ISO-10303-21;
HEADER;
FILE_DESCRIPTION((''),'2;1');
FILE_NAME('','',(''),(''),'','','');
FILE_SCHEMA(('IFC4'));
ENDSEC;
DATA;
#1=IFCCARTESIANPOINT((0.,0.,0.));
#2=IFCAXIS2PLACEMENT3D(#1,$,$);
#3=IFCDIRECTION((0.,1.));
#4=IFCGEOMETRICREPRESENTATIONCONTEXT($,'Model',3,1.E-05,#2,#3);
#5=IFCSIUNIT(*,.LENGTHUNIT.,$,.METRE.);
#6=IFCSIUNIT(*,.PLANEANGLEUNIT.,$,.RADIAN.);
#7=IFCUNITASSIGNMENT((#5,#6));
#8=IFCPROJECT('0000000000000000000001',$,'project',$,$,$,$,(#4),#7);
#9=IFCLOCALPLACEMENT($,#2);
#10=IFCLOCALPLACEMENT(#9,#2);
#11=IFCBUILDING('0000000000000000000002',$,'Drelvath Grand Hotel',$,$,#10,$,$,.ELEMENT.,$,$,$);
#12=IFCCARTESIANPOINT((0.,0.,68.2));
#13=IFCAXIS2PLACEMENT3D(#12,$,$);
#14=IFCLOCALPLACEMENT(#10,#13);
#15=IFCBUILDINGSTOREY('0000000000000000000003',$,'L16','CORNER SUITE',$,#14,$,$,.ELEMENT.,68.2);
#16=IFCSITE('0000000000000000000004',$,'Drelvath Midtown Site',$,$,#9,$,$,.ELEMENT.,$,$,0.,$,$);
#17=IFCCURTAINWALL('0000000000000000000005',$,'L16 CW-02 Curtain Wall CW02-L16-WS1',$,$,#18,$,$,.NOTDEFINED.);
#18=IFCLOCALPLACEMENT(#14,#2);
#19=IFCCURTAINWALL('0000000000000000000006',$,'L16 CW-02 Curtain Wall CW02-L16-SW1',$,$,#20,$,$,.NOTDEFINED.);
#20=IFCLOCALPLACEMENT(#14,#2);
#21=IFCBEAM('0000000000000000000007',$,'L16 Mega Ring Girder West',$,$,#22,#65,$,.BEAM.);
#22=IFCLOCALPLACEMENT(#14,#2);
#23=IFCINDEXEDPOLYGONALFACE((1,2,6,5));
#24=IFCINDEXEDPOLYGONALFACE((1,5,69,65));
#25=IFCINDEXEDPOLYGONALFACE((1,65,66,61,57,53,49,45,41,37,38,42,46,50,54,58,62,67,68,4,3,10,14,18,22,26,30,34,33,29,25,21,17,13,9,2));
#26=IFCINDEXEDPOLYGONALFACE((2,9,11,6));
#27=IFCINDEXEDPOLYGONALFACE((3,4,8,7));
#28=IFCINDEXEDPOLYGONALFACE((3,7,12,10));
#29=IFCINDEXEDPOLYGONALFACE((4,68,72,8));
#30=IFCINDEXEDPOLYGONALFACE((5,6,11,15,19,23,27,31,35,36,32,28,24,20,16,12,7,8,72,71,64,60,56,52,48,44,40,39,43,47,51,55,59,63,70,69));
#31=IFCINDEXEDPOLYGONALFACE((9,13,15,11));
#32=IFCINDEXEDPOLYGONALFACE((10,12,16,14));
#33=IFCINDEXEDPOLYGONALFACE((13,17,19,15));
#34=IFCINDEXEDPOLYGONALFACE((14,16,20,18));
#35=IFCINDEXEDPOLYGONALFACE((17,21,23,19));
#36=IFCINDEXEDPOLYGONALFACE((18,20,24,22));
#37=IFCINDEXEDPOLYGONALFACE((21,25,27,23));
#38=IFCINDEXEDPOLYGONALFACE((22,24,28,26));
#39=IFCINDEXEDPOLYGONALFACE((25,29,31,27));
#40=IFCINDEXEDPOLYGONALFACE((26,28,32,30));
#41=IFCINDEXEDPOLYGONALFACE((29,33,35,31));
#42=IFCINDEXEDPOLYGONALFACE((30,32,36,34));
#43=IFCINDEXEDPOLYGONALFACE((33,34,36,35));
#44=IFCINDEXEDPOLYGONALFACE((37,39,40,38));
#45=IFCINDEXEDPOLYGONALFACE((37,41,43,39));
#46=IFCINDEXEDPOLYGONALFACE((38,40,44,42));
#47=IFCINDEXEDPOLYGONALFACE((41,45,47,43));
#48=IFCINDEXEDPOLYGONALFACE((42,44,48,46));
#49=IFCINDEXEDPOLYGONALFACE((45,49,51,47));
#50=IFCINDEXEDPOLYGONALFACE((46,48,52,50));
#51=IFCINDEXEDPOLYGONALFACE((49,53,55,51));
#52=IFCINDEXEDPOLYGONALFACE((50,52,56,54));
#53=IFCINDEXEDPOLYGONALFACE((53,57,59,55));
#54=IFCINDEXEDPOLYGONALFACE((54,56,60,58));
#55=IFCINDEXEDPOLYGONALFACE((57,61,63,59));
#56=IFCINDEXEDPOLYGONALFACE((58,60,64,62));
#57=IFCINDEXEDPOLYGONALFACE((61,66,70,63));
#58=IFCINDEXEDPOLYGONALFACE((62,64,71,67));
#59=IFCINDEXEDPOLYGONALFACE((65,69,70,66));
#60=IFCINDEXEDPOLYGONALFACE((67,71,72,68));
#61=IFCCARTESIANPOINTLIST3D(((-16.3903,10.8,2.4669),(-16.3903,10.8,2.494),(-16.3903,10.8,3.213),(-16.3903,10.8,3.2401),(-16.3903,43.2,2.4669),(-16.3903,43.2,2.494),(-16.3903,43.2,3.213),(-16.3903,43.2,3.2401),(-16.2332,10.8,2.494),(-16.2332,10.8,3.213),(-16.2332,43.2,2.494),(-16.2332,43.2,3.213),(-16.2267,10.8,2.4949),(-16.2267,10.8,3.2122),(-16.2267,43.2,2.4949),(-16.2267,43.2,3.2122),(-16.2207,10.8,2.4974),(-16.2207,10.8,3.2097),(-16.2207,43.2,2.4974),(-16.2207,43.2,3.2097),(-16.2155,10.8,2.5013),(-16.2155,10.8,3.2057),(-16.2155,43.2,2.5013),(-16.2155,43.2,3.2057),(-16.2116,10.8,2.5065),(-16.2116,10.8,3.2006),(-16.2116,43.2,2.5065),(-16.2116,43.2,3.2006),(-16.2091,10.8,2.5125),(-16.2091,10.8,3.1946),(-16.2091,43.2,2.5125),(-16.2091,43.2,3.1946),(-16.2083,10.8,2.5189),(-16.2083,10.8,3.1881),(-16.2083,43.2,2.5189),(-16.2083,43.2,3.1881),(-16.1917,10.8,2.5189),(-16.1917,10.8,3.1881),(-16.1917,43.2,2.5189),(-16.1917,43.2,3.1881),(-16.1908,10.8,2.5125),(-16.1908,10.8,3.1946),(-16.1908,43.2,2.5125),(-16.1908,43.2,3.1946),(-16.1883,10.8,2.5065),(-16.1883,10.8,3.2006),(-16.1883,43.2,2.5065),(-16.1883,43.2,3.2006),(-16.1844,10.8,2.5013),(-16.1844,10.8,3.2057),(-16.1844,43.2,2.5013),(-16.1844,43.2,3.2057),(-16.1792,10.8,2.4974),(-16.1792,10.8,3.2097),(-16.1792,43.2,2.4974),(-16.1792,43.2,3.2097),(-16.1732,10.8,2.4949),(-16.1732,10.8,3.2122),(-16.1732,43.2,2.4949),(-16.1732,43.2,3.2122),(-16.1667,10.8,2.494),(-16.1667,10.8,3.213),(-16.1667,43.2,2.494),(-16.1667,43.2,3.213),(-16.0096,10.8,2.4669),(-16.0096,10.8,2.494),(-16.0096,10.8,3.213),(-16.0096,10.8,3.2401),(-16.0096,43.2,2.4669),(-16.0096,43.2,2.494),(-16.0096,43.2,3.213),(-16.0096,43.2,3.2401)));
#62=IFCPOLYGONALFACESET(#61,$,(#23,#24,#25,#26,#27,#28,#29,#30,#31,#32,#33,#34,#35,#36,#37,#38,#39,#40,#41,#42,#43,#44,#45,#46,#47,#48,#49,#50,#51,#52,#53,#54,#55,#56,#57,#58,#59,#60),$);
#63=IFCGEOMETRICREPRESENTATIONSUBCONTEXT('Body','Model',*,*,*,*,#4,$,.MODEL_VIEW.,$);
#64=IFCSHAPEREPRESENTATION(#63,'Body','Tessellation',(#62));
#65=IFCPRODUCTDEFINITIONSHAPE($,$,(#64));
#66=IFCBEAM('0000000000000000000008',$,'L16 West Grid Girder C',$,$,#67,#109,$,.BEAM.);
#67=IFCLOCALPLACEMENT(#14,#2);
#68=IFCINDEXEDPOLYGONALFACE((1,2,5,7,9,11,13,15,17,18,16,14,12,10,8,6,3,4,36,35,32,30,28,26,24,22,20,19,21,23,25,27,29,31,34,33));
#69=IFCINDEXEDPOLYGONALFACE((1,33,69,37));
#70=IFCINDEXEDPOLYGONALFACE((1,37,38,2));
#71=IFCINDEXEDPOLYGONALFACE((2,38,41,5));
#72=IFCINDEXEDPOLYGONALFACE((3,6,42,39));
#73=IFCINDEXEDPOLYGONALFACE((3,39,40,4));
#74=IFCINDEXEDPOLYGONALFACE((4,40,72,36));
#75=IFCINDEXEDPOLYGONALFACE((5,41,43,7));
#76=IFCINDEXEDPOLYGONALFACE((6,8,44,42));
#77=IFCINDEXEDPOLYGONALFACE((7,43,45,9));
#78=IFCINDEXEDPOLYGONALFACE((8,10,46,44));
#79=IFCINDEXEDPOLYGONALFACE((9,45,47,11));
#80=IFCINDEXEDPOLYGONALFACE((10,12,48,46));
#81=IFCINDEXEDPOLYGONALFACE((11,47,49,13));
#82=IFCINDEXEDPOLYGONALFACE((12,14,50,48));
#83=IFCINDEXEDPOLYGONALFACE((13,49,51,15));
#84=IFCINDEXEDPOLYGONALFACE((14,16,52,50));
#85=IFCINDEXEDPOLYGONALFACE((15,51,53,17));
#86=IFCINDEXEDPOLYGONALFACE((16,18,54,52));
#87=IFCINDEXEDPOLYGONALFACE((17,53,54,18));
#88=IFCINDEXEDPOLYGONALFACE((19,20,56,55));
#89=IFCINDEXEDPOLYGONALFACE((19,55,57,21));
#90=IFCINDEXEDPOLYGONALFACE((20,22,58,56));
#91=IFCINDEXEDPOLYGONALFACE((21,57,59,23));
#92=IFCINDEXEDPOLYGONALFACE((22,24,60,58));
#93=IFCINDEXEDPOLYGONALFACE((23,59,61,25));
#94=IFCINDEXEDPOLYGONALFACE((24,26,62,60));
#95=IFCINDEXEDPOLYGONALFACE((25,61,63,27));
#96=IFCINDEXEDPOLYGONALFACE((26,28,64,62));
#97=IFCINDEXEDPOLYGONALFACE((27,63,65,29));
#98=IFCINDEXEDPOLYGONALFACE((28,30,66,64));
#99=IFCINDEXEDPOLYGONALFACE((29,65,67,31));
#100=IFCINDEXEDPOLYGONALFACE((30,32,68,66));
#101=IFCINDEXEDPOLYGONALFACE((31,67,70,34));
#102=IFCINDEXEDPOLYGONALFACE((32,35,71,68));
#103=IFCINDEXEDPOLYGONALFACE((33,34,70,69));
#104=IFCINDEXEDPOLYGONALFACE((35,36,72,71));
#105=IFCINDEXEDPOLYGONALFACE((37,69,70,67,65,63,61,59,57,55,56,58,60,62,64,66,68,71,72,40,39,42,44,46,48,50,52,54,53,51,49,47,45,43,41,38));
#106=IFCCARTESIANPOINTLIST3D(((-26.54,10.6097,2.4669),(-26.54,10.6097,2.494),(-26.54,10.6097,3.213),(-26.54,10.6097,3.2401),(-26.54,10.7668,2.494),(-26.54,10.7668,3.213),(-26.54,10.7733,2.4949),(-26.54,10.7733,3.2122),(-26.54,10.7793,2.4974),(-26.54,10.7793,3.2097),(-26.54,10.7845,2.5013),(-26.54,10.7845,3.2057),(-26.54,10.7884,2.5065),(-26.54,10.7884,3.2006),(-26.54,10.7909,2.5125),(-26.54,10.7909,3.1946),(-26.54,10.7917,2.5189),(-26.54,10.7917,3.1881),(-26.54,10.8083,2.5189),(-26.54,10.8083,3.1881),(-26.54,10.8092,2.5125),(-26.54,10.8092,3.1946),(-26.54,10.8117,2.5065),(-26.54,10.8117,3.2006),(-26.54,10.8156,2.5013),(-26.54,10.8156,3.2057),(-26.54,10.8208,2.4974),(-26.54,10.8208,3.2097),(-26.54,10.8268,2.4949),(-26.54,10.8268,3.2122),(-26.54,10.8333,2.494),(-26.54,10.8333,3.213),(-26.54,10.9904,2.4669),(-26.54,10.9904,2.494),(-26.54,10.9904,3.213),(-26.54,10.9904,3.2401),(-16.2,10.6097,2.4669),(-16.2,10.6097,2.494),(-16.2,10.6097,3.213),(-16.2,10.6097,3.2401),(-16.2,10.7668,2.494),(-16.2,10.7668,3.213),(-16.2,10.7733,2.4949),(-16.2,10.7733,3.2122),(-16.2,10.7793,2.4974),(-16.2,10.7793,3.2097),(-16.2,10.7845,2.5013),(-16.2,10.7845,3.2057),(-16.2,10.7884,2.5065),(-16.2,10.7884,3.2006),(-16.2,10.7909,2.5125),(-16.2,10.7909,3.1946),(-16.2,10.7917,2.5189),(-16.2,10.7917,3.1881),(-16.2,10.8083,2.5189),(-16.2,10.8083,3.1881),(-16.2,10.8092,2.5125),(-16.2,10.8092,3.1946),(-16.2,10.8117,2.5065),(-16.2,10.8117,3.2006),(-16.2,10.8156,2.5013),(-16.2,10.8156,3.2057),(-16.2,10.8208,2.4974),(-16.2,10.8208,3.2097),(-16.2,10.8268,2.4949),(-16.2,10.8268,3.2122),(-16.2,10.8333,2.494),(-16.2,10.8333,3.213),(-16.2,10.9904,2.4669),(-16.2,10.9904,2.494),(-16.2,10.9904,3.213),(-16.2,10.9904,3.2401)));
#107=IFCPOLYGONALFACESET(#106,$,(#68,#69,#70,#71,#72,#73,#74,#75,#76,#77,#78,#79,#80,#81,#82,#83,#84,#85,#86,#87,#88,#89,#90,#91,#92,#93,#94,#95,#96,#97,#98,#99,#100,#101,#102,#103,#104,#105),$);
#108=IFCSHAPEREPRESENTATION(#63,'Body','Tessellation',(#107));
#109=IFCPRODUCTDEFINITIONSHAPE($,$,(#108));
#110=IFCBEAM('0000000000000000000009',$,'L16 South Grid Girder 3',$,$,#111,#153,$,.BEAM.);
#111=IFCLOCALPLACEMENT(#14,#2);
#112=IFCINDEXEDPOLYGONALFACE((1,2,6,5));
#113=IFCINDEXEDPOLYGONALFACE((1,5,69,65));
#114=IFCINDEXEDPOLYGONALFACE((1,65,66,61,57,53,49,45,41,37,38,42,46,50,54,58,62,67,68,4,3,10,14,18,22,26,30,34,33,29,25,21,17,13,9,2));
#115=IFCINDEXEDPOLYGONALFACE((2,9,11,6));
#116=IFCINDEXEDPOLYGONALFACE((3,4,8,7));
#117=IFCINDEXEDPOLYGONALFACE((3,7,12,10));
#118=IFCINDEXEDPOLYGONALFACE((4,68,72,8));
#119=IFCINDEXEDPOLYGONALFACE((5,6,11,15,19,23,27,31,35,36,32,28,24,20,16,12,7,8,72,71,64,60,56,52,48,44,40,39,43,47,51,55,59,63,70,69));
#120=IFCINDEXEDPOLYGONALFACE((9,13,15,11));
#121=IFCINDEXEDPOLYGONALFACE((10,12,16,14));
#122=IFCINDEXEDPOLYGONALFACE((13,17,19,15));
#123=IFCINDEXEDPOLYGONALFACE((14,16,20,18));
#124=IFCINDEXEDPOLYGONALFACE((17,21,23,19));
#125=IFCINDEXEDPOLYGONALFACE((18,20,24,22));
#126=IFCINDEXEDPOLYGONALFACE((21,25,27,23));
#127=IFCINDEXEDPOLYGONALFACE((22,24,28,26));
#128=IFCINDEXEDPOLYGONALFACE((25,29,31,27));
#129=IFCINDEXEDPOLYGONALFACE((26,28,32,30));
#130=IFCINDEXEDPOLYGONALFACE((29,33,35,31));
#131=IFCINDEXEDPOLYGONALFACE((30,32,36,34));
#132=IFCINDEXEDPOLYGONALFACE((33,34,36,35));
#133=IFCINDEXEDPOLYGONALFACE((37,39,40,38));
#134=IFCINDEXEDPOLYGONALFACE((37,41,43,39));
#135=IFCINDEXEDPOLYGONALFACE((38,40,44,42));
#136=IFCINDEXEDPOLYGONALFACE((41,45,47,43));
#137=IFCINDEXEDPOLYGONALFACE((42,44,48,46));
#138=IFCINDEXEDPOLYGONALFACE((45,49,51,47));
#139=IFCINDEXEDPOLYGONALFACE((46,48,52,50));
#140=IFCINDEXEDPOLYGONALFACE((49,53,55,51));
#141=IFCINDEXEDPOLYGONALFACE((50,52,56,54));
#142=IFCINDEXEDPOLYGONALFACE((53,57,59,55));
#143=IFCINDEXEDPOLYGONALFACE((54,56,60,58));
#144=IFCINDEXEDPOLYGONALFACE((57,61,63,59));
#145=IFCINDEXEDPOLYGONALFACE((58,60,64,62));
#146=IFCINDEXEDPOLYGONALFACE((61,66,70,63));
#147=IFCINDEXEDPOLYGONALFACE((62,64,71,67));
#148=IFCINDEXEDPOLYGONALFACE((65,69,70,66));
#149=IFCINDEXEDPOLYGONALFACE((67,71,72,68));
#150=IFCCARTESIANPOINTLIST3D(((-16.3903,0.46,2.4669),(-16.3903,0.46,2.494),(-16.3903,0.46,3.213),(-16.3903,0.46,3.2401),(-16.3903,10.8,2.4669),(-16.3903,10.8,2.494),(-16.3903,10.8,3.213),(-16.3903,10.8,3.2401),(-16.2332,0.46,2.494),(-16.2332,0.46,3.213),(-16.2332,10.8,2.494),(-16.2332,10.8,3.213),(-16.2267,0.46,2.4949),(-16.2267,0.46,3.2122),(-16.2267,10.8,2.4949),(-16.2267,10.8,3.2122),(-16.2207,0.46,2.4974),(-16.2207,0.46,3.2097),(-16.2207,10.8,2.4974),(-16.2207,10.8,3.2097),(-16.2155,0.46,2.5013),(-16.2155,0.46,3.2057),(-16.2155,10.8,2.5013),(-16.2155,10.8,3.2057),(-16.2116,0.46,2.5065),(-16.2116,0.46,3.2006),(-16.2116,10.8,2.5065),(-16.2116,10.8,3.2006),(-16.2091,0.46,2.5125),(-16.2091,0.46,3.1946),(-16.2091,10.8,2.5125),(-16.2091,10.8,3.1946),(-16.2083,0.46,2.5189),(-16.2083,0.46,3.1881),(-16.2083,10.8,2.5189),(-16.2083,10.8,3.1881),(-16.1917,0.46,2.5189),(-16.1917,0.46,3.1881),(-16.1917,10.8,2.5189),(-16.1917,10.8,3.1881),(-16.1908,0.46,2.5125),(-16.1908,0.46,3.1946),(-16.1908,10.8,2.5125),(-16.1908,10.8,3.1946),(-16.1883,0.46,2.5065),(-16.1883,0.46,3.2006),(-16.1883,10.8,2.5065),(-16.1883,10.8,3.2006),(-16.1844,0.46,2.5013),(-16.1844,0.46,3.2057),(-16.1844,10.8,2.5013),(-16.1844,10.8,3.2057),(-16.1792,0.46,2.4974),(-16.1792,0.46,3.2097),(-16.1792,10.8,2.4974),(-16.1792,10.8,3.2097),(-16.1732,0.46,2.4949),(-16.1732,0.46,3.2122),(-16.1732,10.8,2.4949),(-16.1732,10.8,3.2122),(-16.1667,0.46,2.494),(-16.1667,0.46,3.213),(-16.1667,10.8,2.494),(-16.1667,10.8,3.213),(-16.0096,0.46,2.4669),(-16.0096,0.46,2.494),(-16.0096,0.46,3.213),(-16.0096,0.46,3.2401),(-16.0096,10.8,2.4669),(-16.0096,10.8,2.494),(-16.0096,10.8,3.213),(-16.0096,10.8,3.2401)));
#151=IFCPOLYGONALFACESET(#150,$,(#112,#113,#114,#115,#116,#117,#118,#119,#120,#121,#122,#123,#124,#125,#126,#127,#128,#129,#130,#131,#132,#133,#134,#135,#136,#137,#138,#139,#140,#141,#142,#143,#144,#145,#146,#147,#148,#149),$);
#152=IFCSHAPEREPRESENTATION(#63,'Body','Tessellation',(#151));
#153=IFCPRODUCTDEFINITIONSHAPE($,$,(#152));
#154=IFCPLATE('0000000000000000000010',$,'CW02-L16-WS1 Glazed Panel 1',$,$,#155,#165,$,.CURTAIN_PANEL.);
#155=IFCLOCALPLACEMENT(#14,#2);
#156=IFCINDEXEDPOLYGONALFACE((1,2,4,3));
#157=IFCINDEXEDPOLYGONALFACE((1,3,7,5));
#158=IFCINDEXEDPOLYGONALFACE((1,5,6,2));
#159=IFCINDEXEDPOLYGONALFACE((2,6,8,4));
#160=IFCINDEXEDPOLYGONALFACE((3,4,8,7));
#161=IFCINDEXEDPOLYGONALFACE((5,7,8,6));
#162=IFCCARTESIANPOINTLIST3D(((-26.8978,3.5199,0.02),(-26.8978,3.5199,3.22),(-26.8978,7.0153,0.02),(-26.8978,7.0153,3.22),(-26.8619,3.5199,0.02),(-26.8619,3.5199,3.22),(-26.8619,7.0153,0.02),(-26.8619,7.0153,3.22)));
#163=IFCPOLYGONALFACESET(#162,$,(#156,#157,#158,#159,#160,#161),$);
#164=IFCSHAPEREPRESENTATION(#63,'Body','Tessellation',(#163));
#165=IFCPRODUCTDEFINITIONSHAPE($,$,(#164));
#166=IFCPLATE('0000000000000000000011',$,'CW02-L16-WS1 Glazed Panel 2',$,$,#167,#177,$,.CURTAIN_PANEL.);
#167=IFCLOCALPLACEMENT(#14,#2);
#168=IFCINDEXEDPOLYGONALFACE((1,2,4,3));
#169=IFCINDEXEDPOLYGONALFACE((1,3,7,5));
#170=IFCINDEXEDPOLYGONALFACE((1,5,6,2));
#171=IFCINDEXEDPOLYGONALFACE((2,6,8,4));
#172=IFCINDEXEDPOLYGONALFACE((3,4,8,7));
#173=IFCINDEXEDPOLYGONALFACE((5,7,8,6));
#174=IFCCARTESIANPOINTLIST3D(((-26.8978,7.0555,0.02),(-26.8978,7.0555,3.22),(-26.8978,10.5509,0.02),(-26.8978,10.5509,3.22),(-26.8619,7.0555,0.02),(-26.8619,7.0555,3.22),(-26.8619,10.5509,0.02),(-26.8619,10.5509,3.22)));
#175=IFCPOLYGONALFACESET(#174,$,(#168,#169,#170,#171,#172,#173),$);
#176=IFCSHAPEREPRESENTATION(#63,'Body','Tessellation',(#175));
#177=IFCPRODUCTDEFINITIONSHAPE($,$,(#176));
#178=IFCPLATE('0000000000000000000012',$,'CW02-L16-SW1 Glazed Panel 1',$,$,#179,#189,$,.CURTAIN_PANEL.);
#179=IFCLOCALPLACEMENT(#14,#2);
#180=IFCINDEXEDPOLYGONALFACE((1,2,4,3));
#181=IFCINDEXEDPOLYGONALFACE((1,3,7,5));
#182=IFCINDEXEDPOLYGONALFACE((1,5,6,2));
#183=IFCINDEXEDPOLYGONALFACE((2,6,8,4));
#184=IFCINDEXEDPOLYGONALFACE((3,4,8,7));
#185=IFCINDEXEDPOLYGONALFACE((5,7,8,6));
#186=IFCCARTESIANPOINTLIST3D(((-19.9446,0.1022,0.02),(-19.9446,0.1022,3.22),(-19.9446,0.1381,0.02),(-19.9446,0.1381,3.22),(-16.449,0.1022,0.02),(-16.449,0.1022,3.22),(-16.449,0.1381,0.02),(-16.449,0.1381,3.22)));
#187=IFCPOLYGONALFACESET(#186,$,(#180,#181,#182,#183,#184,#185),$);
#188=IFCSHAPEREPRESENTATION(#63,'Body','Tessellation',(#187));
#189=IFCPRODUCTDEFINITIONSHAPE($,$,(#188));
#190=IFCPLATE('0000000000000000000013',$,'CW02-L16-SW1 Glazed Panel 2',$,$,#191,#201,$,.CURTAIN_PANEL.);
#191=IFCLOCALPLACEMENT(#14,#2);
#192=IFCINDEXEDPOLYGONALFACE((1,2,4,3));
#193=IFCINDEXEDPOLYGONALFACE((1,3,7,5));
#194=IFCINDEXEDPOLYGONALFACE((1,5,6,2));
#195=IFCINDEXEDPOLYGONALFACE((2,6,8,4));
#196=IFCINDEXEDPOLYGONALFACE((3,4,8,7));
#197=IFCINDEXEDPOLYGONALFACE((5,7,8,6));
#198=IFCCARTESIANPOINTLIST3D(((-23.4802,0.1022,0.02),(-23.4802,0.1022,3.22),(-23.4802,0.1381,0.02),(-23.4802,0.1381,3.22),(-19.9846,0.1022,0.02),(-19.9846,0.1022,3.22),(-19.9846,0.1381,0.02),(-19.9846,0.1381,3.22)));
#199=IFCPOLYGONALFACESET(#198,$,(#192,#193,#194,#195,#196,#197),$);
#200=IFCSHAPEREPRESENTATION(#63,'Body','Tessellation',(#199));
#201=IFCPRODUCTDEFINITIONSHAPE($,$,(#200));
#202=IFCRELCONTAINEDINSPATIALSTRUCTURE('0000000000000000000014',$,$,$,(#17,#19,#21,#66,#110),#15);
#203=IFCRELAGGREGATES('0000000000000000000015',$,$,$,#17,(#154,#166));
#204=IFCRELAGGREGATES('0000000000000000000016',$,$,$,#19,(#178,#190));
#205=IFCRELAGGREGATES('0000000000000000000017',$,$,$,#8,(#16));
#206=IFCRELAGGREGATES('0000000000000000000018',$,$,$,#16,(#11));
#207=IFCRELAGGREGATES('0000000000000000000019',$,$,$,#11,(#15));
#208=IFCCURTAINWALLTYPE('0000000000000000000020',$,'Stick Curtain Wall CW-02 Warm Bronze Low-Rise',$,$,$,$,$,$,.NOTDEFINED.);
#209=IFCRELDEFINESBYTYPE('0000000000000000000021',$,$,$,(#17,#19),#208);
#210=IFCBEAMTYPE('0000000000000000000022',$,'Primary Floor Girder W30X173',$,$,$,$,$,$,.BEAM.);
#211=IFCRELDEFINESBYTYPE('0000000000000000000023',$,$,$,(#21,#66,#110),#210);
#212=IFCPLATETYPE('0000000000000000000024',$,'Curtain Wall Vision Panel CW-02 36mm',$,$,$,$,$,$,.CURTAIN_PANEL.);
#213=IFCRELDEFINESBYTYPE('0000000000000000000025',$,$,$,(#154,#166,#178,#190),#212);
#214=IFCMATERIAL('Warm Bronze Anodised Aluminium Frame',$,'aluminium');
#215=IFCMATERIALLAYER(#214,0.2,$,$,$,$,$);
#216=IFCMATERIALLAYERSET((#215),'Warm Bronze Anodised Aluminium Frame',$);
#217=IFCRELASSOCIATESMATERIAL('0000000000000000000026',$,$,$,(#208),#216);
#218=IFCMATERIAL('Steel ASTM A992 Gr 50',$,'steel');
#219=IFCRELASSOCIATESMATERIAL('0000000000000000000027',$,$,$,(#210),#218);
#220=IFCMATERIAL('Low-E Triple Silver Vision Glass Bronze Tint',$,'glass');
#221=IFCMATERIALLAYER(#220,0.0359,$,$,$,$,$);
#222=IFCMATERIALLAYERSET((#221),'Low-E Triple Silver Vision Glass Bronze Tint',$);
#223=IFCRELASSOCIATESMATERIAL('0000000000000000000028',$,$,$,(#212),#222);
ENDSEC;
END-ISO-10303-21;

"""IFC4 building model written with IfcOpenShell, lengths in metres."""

from ifc_helpers import new_model, si_unit, direction, frame, origin, origin_2d, place, context, subcontext, project, spatial, rectangle, i_section, extrude, material, layer, layer_set, material_profile, profile_set, type_object, element, aggregate, save


model = new_model("IFC4")

# Units and contexts
model_context = context("Model", 3, precision=1e-05, world=origin(), true_north=direction((0.0, 1.0)))
body_context = subcontext(model_context, "Body", "Model", "MODEL_VIEW")
ifc_project = project(units=[si_unit("LENGTHUNIT", "METRE"), si_unit("PLANEANGLEUNIT", "RADIAN")], contexts=[model_context])

# Site, building, storey
site_placement = place(None, origin())
site = spatial("IfcSite", under=ifc_project, at=site_placement, Name="Drelvath Midtown Site", CompositionType="ELEMENT", RefElevation=0.0)
building_placement = place(site_placement, origin())
building = spatial("IfcBuilding", under=site, at=building_placement, Name="Drelvath Grand Hotel", CompositionType="ELEMENT")
storey_placement = place(building_placement, frame((0.0, 0.0, 68.2)))
storey = spatial("IfcBuildingStorey", under=building, at=storey_placement, Name="L16", Description="CORNER SUITE", CompositionType="ELEMENT", Elevation=68.2)

# Curtain walls
ifc_material_1 = material(Name="Warm Bronze Anodised Aluminium Frame", Category="aluminium")
ifc_layer_1 = layer(ifc_material_1, 0.2)
ifc_layer_set_1 = layer_set([ifc_layer_1], Name="Warm Bronze Anodised Aluminium Frame")
curtain_wall_type = type_object("IfcCurtainWallType", Name="Stick Curtain Wall CW-02 Warm Bronze Low-Rise", PredefinedType="NOTDEFINED", material=ifc_layer_set_1)
curtain_wall_1_placement = place(storey_placement, origin())
curtain_wall_1 = element("IfcCurtainWall", 1, at=curtain_wall_1_placement, inside=storey, type_object=curtain_wall_type, Name="L16 CW-02 Curtain Wall CW02-L16-WS1", PredefinedType="NOTDEFINED")
curtain_wall_2_placement = place(storey_placement, origin())
curtain_wall_2 = element("IfcCurtainWall", 2, at=curtain_wall_2_placement, inside=storey, type_object=curtain_wall_type, Name="L16 CW-02 Curtain Wall CW02-L16-SW1", PredefinedType="NOTDEFINED")

# Beams
ifc_material_2 = material(Name="Steel ASTM A992 Gr 50", Category="steel")
ifc_material_profile_1 = material_profile(ifc_material_2, i_section(OverallWidth=0.3806, OverallDepth=0.7732, WebThickness=0.0166, FlangeThickness=0.0271, FilletRadius=0.0249, at=origin_2d()), Name="W30X173")
ifc_profile_set_1 = profile_set([ifc_material_profile_1], Name="Steel ASTM A992 Gr 50")
beam_type_1 = type_object("IfcBeamType", Name="Primary Floor Girder W30X173", PredefinedType="BEAM", material=ifc_profile_set_1)
for number, where, z_axis, x_axis, name in (
    (3, (-16.2, 10.8, 2.8535), (0.0, 1.0, 0.0), (-1.0, 0.0, 0.0), "L16 Mega Ring Girder West"),
):
    element("IfcBeam", number, at=place(storey_placement, frame(where, z_axis=z_axis, x_axis=x_axis)), inside=storey, type_object=beam_type_1, Name=name, PredefinedType="BEAM", context=body_context, shape_type="SweptSolid", body=[
        extrude(i_section(OverallWidth=0.3806, OverallDepth=0.7732, WebThickness=0.0166, FlangeThickness=0.0271, FilletRadius=0.0249, at=origin_2d()), origin(), (0.0, 0.0, 1.0), 32.3999),
    ])
for number, where, z_axis, x_axis, name in (
    (4, (-26.54, 10.8, 2.8535), (1.0, 0.0, 0.0), (0.0, 1.0, 0.0), "L16 West Grid Girder C"),
    (5, (-16.2, 0.46, 2.8535), (0.0, 1.0, 0.0), (-1.0, 0.0, 0.0), "L16 South Grid Girder 3"),
):
    element("IfcBeam", number, at=place(storey_placement, frame(where, z_axis=z_axis, x_axis=x_axis)), inside=storey, type_object=beam_type_1, Name=name, PredefinedType="BEAM", context=body_context, shape_type="SweptSolid", body=[
        extrude(i_section(OverallWidth=0.3806, OverallDepth=0.7732, WebThickness=0.0166, FlangeThickness=0.0271, FilletRadius=0.0249, at=origin_2d()), origin(), (0.0, 0.0, 1.0), 10.3401),
    ])

# Plates
ifc_material_3 = material(Name="Low-E Triple Silver Vision Glass Bronze Tint", Category="glass")
ifc_layer_2 = layer(ifc_material_3, 0.0359)
ifc_layer_set_2 = layer_set([ifc_layer_2], Name="Low-E Triple Silver Vision Glass Bronze Tint")
plate_type = type_object("IfcPlateType", Name="Curtain Wall Vision Panel CW-02 36mm", PredefinedType="CURTAIN_PANEL", material=ifc_layer_set_2)
plate_1_placement = place(storey_placement, frame((-26.8799, 5.2676, 0.02), z_axis=(0.0, 0.0, 1.0), x_axis=(0.0, 1.0, 0.0)))
plate_1 = element("IfcPlate", 6, at=plate_1_placement, type_object=plate_type, Name="CW02-L16-WS1 Glazed Panel 1", PredefinedType="CURTAIN_PANEL", context=body_context, shape_type="SweptSolid", body=[
    extrude(rectangle(XDim=3.4954, YDim=0.0359, at=origin_2d()), origin(), (0.0, 0.0, 1.0), 3.2),
])
plate_2_placement = place(storey_placement, frame((-26.8799, 8.8032, 0.02), z_axis=(0.0, 0.0, 1.0), x_axis=(0.0, 1.0, 0.0)))
plate_2 = element("IfcPlate", 7, at=plate_2_placement, type_object=plate_type, Name="CW02-L16-WS1 Glazed Panel 2", PredefinedType="CURTAIN_PANEL", context=body_context, shape_type="SweptSolid", body=[
    extrude(rectangle(XDim=3.4954, YDim=0.0359, at=origin_2d()), origin(), (0.0, 0.0, 1.0), 3.2),
])
aggregate(curtain_wall_1, [plate_1, plate_2])
plate_3_placement = place(storey_placement, frame((-18.1968, 0.1201, 0.02), z_axis=(0.0, 0.0, 1.0), x_axis=(-1.0, 0.0, 0.0)))
plate_3 = element("IfcPlate", 8, at=plate_3_placement, type_object=plate_type, Name="CW02-L16-SW1 Glazed Panel 1", PredefinedType="CURTAIN_PANEL", context=body_context, shape_type="SweptSolid", body=[
    extrude(rectangle(XDim=3.4956, YDim=0.0359, at=origin_2d()), origin(), (0.0, 0.0, 1.0), 3.2),
])
plate_4_placement = place(storey_placement, frame((-21.7324, 0.1201, 0.02), z_axis=(0.0, 0.0, 1.0), x_axis=(-1.0, 0.0, 0.0)))
plate_4 = element("IfcPlate", 9, at=plate_4_placement, type_object=plate_type, Name="CW02-L16-SW1 Glazed Panel 2", PredefinedType="CURTAIN_PANEL", context=body_context, shape_type="SweptSolid", body=[
    extrude(rectangle(XDim=3.4956, YDim=0.0359, at=origin_2d()), origin(), (0.0, 0.0, 1.0), 3.2),
])
aggregate(curtain_wall_2, [plate_3, plate_4])

save(model, "model.ifc")
